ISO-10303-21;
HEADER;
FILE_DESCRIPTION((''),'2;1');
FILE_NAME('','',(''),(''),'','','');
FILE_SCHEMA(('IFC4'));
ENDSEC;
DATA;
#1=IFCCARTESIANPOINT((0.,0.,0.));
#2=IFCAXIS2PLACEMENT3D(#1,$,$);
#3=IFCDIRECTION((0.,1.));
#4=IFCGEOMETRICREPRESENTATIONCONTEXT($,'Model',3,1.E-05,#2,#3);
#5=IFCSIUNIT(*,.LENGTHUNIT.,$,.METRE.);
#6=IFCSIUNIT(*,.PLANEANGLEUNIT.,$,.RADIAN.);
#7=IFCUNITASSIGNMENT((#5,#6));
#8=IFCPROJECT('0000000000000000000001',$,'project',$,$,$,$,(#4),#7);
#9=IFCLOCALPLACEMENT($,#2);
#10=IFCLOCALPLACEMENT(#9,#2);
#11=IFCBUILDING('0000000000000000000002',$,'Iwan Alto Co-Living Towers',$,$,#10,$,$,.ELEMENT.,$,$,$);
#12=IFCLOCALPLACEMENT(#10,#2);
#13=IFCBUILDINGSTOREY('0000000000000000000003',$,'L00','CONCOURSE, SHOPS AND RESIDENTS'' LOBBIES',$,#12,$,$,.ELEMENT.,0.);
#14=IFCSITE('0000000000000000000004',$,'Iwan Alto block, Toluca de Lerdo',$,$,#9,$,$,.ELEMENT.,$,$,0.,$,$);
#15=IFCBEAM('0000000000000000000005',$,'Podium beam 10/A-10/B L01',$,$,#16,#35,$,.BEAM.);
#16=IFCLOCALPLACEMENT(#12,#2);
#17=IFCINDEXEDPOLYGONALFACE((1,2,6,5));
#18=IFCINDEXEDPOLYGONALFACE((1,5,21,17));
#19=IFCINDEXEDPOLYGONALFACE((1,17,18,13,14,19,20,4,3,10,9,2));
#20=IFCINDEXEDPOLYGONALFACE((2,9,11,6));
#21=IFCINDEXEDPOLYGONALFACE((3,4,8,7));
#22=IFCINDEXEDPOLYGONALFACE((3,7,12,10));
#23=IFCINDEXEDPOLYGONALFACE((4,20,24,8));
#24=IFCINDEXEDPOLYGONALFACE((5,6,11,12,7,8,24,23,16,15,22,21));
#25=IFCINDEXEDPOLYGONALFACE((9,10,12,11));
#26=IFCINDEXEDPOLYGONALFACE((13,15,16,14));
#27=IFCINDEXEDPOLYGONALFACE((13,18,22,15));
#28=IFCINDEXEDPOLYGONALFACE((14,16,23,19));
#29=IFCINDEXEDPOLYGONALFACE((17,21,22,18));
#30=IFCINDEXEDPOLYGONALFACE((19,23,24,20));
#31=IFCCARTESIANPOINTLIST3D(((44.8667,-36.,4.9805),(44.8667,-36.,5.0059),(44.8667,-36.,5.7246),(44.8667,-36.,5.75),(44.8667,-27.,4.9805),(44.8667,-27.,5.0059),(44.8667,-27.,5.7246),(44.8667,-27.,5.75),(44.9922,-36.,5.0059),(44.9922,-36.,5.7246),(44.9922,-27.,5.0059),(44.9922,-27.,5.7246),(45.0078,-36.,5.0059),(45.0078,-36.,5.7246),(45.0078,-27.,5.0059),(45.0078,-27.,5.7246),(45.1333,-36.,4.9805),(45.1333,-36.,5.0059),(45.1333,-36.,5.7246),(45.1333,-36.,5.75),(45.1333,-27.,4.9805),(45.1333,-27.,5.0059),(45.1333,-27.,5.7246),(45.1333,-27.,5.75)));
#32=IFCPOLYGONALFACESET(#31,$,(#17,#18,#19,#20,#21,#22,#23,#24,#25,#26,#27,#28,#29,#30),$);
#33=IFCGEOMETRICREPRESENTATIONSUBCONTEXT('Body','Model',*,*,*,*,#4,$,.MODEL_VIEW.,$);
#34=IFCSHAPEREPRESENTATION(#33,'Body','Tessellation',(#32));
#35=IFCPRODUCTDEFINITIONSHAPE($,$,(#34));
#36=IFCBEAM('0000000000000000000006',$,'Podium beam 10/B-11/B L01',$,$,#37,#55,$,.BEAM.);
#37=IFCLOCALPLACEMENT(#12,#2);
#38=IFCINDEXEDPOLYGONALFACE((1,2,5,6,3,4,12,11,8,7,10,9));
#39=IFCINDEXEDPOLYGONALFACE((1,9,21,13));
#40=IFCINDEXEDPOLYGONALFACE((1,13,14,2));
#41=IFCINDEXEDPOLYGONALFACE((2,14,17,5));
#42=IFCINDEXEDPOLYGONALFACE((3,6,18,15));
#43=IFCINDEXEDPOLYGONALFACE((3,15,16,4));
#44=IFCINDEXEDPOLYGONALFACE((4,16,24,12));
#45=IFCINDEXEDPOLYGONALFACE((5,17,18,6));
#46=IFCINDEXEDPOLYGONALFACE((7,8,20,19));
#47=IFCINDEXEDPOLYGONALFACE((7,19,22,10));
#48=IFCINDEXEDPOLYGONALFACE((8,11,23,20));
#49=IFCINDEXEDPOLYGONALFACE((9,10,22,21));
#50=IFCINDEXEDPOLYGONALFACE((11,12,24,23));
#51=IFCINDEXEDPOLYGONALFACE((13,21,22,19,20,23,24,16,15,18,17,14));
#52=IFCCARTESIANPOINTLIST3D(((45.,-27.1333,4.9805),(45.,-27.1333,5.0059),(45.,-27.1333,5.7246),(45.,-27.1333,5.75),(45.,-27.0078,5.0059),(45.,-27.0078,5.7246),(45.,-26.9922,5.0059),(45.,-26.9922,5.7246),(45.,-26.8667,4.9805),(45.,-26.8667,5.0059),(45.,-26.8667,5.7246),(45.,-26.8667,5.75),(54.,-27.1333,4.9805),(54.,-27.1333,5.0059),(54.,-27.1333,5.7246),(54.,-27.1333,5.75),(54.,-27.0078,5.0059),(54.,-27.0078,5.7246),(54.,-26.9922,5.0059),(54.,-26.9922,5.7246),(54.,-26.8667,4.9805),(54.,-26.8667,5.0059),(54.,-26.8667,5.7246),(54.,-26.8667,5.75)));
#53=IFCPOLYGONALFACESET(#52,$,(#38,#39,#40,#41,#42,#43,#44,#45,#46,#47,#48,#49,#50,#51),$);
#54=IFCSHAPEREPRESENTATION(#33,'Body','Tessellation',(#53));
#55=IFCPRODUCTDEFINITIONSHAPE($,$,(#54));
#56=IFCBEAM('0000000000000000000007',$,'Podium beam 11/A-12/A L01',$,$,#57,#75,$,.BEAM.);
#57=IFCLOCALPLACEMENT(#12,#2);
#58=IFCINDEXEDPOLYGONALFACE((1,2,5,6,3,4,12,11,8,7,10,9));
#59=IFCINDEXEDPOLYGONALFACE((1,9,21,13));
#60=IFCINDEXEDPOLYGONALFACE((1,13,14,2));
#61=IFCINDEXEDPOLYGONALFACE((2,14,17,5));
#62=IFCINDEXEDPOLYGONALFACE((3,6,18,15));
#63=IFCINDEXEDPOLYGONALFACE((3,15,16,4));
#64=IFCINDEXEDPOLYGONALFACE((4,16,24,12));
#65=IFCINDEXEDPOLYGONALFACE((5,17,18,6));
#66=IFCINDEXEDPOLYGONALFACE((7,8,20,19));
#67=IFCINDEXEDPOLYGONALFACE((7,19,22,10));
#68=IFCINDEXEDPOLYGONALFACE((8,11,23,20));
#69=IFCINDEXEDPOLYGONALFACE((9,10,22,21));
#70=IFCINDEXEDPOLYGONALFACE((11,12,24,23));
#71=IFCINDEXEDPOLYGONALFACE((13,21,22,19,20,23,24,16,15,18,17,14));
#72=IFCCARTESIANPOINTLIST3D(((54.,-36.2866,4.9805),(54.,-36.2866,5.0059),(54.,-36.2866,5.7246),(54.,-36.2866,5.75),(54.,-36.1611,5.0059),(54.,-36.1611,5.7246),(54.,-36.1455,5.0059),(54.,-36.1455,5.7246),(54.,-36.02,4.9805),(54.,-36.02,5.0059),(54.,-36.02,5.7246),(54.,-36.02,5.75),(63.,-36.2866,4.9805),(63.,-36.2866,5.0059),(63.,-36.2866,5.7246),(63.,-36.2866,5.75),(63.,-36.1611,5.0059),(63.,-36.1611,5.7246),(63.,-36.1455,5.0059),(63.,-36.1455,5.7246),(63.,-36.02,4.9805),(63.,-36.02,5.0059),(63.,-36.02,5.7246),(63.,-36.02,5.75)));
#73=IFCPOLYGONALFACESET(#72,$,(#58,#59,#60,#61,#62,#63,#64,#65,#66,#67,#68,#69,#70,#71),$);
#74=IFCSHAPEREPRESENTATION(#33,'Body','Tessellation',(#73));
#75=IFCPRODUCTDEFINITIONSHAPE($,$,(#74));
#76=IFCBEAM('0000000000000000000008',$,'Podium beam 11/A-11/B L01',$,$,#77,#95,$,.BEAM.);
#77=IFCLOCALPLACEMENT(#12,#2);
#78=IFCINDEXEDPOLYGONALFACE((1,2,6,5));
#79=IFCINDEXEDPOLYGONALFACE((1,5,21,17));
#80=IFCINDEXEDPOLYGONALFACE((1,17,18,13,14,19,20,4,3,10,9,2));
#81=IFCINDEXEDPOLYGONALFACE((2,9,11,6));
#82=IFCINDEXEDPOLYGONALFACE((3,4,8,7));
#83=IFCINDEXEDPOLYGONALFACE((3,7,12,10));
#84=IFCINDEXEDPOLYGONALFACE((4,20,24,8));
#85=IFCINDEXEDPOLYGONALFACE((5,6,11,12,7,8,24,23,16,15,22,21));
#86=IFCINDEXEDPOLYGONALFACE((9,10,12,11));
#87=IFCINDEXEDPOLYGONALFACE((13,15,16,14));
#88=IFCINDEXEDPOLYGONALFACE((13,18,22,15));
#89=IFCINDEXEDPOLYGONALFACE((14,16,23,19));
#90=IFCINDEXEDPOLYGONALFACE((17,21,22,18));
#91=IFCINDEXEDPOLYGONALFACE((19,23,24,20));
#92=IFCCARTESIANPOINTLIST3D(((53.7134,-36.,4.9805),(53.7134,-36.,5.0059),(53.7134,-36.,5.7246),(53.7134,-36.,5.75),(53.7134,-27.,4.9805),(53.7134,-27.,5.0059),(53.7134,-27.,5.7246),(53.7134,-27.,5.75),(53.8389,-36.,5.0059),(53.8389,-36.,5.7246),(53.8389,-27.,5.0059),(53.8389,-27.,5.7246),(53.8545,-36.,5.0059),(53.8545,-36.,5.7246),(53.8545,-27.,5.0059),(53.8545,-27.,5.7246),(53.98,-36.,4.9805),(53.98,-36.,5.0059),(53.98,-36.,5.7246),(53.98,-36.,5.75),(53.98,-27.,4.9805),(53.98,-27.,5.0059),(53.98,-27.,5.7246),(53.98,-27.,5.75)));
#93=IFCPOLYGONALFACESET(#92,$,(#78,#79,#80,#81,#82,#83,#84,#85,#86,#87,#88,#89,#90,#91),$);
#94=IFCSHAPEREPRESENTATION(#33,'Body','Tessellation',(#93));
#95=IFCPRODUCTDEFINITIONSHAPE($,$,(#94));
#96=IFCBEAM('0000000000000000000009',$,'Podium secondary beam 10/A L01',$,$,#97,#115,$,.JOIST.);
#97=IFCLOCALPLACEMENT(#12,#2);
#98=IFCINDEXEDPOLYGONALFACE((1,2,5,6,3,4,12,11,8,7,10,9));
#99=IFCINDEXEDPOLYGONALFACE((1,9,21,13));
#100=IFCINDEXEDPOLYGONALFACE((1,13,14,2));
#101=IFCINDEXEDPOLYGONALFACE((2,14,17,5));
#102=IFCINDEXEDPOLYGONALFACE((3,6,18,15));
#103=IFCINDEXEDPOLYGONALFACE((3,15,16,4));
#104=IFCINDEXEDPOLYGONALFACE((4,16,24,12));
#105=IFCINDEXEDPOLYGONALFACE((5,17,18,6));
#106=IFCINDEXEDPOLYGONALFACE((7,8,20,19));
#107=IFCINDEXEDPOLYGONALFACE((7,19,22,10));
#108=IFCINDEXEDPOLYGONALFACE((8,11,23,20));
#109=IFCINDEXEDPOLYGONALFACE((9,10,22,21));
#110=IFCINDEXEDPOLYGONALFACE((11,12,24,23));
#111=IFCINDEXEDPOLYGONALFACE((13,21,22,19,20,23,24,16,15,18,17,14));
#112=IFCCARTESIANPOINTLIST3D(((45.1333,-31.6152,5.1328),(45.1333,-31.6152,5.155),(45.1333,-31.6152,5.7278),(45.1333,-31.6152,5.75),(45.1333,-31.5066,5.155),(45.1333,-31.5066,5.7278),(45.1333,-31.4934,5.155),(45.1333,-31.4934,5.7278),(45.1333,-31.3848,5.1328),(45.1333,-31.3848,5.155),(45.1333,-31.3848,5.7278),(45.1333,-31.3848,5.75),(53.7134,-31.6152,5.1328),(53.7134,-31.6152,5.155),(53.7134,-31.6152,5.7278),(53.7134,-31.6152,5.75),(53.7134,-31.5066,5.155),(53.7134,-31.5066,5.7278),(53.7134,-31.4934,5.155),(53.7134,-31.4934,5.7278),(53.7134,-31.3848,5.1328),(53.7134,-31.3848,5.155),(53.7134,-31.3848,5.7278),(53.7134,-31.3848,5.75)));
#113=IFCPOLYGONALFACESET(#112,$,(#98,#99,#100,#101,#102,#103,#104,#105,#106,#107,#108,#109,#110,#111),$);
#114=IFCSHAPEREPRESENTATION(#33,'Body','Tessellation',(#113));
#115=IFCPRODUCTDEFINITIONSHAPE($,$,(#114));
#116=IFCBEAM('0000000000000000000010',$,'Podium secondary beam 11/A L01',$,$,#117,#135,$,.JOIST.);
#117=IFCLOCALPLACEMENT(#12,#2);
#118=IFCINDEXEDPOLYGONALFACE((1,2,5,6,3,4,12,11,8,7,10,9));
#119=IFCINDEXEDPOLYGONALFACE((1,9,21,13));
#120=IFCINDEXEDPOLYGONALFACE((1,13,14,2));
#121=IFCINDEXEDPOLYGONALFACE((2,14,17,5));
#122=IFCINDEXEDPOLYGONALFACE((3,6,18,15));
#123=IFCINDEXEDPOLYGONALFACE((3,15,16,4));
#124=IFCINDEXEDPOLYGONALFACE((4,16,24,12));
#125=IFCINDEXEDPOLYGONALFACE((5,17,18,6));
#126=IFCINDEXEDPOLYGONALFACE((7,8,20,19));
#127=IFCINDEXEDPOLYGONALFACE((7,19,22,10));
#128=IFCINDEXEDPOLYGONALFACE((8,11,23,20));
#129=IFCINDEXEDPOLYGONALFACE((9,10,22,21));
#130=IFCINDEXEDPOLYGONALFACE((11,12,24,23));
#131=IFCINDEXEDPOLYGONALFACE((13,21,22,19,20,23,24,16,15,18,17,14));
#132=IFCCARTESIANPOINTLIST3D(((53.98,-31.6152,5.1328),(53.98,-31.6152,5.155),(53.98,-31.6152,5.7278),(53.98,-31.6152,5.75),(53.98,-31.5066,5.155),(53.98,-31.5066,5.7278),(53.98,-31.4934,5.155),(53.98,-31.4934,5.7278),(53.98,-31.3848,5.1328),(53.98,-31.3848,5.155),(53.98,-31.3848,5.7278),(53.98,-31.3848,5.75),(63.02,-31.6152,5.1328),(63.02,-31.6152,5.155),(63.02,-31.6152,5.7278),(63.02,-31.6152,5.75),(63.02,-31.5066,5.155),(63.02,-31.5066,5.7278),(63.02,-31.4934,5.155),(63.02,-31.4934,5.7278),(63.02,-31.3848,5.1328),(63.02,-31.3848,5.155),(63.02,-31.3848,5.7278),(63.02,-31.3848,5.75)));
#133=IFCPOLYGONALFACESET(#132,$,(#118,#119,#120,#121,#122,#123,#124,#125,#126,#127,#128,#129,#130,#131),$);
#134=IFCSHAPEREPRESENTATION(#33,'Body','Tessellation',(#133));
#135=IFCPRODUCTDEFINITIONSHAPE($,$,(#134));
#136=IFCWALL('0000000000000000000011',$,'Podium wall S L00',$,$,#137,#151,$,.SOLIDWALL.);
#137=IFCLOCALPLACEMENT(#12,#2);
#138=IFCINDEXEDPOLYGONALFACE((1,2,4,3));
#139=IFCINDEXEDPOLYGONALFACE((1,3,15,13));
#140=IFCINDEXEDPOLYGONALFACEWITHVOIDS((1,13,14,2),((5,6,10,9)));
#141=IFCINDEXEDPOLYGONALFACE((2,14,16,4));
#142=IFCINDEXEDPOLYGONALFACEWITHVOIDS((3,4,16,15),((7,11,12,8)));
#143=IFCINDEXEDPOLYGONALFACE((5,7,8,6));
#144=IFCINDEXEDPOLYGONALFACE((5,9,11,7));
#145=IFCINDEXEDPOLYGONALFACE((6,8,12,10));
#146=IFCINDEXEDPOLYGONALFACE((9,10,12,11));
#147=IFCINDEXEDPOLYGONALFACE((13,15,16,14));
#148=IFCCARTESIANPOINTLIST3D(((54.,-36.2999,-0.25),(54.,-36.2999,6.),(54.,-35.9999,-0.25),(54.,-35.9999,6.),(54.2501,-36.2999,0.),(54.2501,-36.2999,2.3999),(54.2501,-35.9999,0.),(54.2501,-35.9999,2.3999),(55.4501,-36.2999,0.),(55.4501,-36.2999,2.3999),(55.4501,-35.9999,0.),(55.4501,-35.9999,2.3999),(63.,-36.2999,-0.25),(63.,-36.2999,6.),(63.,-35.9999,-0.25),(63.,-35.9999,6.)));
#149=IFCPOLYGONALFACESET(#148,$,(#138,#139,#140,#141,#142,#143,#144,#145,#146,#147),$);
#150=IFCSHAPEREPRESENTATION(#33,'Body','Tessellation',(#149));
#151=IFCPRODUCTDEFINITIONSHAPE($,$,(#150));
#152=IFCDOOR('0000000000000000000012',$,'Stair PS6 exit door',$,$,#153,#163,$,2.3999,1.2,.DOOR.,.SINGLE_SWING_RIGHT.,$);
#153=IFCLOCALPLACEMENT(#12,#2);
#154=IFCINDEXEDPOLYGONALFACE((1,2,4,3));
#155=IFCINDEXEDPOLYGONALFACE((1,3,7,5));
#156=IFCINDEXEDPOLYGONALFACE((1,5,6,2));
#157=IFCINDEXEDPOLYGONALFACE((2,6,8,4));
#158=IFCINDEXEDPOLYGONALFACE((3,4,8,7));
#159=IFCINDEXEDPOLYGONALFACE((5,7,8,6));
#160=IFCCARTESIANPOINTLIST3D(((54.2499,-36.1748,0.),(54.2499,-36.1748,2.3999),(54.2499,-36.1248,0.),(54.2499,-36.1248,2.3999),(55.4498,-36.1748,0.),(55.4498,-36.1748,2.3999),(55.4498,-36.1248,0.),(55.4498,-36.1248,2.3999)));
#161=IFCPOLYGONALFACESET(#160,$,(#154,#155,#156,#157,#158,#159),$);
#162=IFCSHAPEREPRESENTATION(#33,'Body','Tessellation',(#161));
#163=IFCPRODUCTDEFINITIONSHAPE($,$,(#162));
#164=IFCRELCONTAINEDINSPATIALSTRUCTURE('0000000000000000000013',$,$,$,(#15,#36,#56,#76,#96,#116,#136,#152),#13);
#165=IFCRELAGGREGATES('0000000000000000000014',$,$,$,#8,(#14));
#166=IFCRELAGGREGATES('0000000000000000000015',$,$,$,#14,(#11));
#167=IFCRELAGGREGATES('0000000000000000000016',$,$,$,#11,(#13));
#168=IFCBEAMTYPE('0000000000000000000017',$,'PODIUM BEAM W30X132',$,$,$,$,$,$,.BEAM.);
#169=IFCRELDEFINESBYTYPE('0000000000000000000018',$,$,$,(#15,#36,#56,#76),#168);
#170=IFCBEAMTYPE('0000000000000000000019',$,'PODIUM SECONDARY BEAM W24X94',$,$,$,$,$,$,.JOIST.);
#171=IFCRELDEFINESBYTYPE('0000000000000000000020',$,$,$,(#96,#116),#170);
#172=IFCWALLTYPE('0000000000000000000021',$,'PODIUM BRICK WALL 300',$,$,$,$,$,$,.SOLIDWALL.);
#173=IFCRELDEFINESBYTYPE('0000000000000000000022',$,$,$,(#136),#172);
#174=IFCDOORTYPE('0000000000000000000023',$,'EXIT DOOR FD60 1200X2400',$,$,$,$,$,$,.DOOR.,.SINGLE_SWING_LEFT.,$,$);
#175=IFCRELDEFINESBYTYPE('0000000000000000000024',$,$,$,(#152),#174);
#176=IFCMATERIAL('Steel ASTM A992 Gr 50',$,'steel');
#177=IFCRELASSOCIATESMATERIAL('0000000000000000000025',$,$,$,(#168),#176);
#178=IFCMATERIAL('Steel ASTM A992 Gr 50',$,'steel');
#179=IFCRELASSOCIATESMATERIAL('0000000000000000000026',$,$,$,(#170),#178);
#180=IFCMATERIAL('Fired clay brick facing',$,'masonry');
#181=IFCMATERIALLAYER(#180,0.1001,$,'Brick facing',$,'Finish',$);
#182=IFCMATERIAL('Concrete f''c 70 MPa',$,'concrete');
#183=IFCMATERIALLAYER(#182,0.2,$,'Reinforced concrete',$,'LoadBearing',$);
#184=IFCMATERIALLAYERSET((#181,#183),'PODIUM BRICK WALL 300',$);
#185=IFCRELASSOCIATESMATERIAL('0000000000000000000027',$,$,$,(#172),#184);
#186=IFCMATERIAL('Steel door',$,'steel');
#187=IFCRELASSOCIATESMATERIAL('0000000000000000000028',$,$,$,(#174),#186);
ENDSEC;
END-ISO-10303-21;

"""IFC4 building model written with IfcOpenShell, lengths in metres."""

from ifc_helpers import new_model, si_unit, direction, frame, frame_2d, origin, origin_2d, place, context, subcontext, project, spatial, rectangle, i_section, extrude, material, layer, layer_set, material_profile, profile_set, type_object, element, fill, save


model = new_model("IFC4")

# Units and contexts
model_context = context("Model", 3, precision=1e-05, world=origin(), true_north=direction((0.0, 1.0)))
body_context = subcontext(model_context, "Body", "Model", "MODEL_VIEW")
ifc_project = project(units=[si_unit("LENGTHUNIT", "METRE"), si_unit("PLANEANGLEUNIT", "RADIAN")], contexts=[model_context])

# Site, building, storey
site_placement = place(None, origin())
site = spatial("IfcSite", under=ifc_project, at=site_placement, Name="Iwan Alto block, Toluca de Lerdo", CompositionType="ELEMENT", RefElevation=0.0)
building_placement = place(site_placement, origin())
building = spatial("IfcBuilding", under=site, at=building_placement, Name="Iwan Alto Co-Living Towers", CompositionType="ELEMENT")
storey_placement = place(building_placement, origin())
storey = spatial("IfcBuildingStorey", under=building, at=storey_placement, Name="L00", Description="CONCOURSE, SHOPS AND RESIDENTS' LOBBIES", CompositionType="ELEMENT", Elevation=0.0)

# Beams
ifc_material_1 = material(Name="Steel ASTM A992 Gr 50", Category="steel")
ifc_material_profile_1 = material_profile(ifc_material_1, i_section(OverallWidth=0.2666, OverallDepth=0.7695, WebThickness=0.0156, FlangeThickness=0.0254, at=origin_2d()), Name="W30X132")
ifc_profile_set_1 = profile_set([ifc_material_profile_1], Name="Steel ASTM A992 Gr 50")
beam_type_1 = type_object("IfcBeamType", Name="PODIUM BEAM W30X132", PredefinedType="BEAM", material=ifc_profile_set_1)
for number, where, z_axis, x_axis, name in (
    (1, (45.0, -36.0, 5.3652), (0.0, 1.0, 0.0), (-1.0, 0.0, 0.0), "Podium beam 10/A-10/B L01"),
    (2, (45.0, -27.0, 5.3652), (1.0, 0.0, 0.0), (0.0, 1.0, 0.0), "Podium beam 10/B-11/B L01"),
    (3, (54.0, -36.1533, 5.3652), (1.0, 0.0, 0.0), (0.0, 1.0, 0.0), "Podium beam 11/A-12/A L01"),
    (4, (53.8467, -36.0, 5.3652), (0.0, 1.0, 0.0), (-1.0, 0.0, 0.0), "Podium beam 11/A-11/B L01"),
):
    element("IfcBeam", number, at=place(storey_placement, frame(where, z_axis=z_axis, x_axis=x_axis)), inside=storey, type_object=beam_type_1, Name=name, PredefinedType="BEAM", context=body_context, shape_type="SweptSolid", body=[
        extrude(i_section(OverallWidth=0.2666, OverallDepth=0.7695, WebThickness=0.0156, FlangeThickness=0.0254, at=origin_2d()), origin(), (0.0, 0.0, 1.0), 9.0),
    ])
ifc_material_2 = material(Name="Steel ASTM A992 Gr 50", Category="steel")
ifc_material_profile_2 = material_profile(ifc_material_2, i_section(OverallWidth=0.2305, OverallDepth=0.6172, WebThickness=0.0132, FlangeThickness=0.0222, at=origin_2d()), Name="W24X94")
ifc_profile_set_2 = profile_set([ifc_material_profile_2], Name="Steel ASTM A992 Gr 50")
beam_type_2 = type_object("IfcBeamType", Name="PODIUM SECONDARY BEAM W24X94", PredefinedType="JOIST", material=ifc_profile_set_2)
beam_1_placement = place(storey_placement, frame((45.1333, -31.5, 5.4414), z_axis=(1.0, 0.0, 0.0), x_axis=(0.0, 1.0, 0.0)))
element("IfcBeam", 5, at=beam_1_placement, inside=storey, type_object=beam_type_2, Name="Podium secondary beam 10/A L01", PredefinedType="JOIST", context=body_context, shape_type="SweptSolid", body=[
    extrude(i_section(OverallWidth=0.2305, OverallDepth=0.6172, WebThickness=0.0132, FlangeThickness=0.0222, at=origin_2d()), origin(), (0.0, 0.0, 1.0), 8.5801),
])
beam_2_placement = place(storey_placement, frame((53.98, -31.5, 5.4414), z_axis=(1.0, 0.0, 0.0), x_axis=(0.0, 1.0, 0.0)))
element("IfcBeam", 6, at=beam_2_placement, inside=storey, type_object=beam_type_2, Name="Podium secondary beam 11/A L01", PredefinedType="JOIST", context=body_context, shape_type="SweptSolid", body=[
    extrude(i_section(OverallWidth=0.2305, OverallDepth=0.6172, WebThickness=0.0132, FlangeThickness=0.0222, at=origin_2d()), origin(), (0.0, 0.0, 1.0), 9.04),
])

# Wall, opening, door
ifc_material_3 = material(Name="Fired clay brick facing", Category="masonry")
ifc_layer_1 = layer(ifc_material_3, 0.1001, Name="Brick facing", Category="Finish")
ifc_material_4 = material(Name="Concrete f'c 70 MPa", Category="concrete")
ifc_layer_2 = layer(ifc_material_4, 0.2, Name="Reinforced concrete", Category="LoadBearing")
ifc_layer_set_1 = layer_set([ifc_layer_1, ifc_layer_2], Name="PODIUM BRICK WALL 300")
wall_type_1 = type_object("IfcWallType", Name="PODIUM BRICK WALL 300", PredefinedType="SOLIDWALL", material=ifc_layer_set_1)
wall_1_placement = place(storey_placement, frame((54.0, -36.1499, -0.25), z_axis=(0.0, 0.0, 1.0), x_axis=(1.0, 0.0, 0.0)))
wall_1 = element("IfcWall", 7, at=wall_1_placement, inside=storey, type_object=wall_type_1, Name="Podium wall S L00", PredefinedType="SOLIDWALL", context=body_context, shape_type="SweptSolid", body=[
    extrude(rectangle(XDim=9.0, YDim=0.3, at=frame_2d((4.5, 0.0))), origin(), (0.0, 0.0, 1.0), 6.25),
])
opening_1_placement = place(wall_1_placement, frame((0.25, 0.0, 0.25)))
opening_1 = element("IfcOpeningElement", 8, at=opening_1_placement, cuts=wall_1, PredefinedType="OPENING", context=body_context, shape_type="SweptSolid", body=[
    extrude(rectangle(XDim=1.2, YDim=2.3999, at=frame_2d((0.6001, 1.2))), frame((0.0, 0.1599, 0.0), z_axis=(0.0, -1.0, 0.0), x_axis=(1.0, 0.0, 0.0)), (0.0, 0.0, 1.0), 0.3201),
])
ifc_material_5 = material(Name="Steel door", Category="steel")
door_type_1 = type_object("IfcDoorType", Name="EXIT DOOR FD60 1200X2400", OperationType="SINGLE_SWING_LEFT", PredefinedType="DOOR", material=ifc_material_5)
door_1_placement = place(opening_1_placement, frame((1.2, 0.0, 0.0), z_axis=(0.0, 0.0, 1.0), x_axis=(-1.0, 0.0, 0.0)))
door_1 = element("IfcDoor", 9, at=door_1_placement, inside=storey, type_object=door_type_1, Name="Stair PS6 exit door", OperationType="SINGLE_SWING_RIGHT", OverallHeight=2.3999, OverallWidth=1.2, PredefinedType="DOOR", context=body_context, shape_type="SweptSolid", body=[
    extrude(rectangle(XDim=1.2, YDim=2.3999, at=frame_2d((0.6001, 1.2))), frame((0.0, 0.0249, 0.0), z_axis=(0.0, -1.0, 0.0), x_axis=(1.0, 0.0, 0.0)), (0.0, 0.0, 1.0), 0.05),
])
fill(opening_1, door_1)

save(model, "model.ifc")
